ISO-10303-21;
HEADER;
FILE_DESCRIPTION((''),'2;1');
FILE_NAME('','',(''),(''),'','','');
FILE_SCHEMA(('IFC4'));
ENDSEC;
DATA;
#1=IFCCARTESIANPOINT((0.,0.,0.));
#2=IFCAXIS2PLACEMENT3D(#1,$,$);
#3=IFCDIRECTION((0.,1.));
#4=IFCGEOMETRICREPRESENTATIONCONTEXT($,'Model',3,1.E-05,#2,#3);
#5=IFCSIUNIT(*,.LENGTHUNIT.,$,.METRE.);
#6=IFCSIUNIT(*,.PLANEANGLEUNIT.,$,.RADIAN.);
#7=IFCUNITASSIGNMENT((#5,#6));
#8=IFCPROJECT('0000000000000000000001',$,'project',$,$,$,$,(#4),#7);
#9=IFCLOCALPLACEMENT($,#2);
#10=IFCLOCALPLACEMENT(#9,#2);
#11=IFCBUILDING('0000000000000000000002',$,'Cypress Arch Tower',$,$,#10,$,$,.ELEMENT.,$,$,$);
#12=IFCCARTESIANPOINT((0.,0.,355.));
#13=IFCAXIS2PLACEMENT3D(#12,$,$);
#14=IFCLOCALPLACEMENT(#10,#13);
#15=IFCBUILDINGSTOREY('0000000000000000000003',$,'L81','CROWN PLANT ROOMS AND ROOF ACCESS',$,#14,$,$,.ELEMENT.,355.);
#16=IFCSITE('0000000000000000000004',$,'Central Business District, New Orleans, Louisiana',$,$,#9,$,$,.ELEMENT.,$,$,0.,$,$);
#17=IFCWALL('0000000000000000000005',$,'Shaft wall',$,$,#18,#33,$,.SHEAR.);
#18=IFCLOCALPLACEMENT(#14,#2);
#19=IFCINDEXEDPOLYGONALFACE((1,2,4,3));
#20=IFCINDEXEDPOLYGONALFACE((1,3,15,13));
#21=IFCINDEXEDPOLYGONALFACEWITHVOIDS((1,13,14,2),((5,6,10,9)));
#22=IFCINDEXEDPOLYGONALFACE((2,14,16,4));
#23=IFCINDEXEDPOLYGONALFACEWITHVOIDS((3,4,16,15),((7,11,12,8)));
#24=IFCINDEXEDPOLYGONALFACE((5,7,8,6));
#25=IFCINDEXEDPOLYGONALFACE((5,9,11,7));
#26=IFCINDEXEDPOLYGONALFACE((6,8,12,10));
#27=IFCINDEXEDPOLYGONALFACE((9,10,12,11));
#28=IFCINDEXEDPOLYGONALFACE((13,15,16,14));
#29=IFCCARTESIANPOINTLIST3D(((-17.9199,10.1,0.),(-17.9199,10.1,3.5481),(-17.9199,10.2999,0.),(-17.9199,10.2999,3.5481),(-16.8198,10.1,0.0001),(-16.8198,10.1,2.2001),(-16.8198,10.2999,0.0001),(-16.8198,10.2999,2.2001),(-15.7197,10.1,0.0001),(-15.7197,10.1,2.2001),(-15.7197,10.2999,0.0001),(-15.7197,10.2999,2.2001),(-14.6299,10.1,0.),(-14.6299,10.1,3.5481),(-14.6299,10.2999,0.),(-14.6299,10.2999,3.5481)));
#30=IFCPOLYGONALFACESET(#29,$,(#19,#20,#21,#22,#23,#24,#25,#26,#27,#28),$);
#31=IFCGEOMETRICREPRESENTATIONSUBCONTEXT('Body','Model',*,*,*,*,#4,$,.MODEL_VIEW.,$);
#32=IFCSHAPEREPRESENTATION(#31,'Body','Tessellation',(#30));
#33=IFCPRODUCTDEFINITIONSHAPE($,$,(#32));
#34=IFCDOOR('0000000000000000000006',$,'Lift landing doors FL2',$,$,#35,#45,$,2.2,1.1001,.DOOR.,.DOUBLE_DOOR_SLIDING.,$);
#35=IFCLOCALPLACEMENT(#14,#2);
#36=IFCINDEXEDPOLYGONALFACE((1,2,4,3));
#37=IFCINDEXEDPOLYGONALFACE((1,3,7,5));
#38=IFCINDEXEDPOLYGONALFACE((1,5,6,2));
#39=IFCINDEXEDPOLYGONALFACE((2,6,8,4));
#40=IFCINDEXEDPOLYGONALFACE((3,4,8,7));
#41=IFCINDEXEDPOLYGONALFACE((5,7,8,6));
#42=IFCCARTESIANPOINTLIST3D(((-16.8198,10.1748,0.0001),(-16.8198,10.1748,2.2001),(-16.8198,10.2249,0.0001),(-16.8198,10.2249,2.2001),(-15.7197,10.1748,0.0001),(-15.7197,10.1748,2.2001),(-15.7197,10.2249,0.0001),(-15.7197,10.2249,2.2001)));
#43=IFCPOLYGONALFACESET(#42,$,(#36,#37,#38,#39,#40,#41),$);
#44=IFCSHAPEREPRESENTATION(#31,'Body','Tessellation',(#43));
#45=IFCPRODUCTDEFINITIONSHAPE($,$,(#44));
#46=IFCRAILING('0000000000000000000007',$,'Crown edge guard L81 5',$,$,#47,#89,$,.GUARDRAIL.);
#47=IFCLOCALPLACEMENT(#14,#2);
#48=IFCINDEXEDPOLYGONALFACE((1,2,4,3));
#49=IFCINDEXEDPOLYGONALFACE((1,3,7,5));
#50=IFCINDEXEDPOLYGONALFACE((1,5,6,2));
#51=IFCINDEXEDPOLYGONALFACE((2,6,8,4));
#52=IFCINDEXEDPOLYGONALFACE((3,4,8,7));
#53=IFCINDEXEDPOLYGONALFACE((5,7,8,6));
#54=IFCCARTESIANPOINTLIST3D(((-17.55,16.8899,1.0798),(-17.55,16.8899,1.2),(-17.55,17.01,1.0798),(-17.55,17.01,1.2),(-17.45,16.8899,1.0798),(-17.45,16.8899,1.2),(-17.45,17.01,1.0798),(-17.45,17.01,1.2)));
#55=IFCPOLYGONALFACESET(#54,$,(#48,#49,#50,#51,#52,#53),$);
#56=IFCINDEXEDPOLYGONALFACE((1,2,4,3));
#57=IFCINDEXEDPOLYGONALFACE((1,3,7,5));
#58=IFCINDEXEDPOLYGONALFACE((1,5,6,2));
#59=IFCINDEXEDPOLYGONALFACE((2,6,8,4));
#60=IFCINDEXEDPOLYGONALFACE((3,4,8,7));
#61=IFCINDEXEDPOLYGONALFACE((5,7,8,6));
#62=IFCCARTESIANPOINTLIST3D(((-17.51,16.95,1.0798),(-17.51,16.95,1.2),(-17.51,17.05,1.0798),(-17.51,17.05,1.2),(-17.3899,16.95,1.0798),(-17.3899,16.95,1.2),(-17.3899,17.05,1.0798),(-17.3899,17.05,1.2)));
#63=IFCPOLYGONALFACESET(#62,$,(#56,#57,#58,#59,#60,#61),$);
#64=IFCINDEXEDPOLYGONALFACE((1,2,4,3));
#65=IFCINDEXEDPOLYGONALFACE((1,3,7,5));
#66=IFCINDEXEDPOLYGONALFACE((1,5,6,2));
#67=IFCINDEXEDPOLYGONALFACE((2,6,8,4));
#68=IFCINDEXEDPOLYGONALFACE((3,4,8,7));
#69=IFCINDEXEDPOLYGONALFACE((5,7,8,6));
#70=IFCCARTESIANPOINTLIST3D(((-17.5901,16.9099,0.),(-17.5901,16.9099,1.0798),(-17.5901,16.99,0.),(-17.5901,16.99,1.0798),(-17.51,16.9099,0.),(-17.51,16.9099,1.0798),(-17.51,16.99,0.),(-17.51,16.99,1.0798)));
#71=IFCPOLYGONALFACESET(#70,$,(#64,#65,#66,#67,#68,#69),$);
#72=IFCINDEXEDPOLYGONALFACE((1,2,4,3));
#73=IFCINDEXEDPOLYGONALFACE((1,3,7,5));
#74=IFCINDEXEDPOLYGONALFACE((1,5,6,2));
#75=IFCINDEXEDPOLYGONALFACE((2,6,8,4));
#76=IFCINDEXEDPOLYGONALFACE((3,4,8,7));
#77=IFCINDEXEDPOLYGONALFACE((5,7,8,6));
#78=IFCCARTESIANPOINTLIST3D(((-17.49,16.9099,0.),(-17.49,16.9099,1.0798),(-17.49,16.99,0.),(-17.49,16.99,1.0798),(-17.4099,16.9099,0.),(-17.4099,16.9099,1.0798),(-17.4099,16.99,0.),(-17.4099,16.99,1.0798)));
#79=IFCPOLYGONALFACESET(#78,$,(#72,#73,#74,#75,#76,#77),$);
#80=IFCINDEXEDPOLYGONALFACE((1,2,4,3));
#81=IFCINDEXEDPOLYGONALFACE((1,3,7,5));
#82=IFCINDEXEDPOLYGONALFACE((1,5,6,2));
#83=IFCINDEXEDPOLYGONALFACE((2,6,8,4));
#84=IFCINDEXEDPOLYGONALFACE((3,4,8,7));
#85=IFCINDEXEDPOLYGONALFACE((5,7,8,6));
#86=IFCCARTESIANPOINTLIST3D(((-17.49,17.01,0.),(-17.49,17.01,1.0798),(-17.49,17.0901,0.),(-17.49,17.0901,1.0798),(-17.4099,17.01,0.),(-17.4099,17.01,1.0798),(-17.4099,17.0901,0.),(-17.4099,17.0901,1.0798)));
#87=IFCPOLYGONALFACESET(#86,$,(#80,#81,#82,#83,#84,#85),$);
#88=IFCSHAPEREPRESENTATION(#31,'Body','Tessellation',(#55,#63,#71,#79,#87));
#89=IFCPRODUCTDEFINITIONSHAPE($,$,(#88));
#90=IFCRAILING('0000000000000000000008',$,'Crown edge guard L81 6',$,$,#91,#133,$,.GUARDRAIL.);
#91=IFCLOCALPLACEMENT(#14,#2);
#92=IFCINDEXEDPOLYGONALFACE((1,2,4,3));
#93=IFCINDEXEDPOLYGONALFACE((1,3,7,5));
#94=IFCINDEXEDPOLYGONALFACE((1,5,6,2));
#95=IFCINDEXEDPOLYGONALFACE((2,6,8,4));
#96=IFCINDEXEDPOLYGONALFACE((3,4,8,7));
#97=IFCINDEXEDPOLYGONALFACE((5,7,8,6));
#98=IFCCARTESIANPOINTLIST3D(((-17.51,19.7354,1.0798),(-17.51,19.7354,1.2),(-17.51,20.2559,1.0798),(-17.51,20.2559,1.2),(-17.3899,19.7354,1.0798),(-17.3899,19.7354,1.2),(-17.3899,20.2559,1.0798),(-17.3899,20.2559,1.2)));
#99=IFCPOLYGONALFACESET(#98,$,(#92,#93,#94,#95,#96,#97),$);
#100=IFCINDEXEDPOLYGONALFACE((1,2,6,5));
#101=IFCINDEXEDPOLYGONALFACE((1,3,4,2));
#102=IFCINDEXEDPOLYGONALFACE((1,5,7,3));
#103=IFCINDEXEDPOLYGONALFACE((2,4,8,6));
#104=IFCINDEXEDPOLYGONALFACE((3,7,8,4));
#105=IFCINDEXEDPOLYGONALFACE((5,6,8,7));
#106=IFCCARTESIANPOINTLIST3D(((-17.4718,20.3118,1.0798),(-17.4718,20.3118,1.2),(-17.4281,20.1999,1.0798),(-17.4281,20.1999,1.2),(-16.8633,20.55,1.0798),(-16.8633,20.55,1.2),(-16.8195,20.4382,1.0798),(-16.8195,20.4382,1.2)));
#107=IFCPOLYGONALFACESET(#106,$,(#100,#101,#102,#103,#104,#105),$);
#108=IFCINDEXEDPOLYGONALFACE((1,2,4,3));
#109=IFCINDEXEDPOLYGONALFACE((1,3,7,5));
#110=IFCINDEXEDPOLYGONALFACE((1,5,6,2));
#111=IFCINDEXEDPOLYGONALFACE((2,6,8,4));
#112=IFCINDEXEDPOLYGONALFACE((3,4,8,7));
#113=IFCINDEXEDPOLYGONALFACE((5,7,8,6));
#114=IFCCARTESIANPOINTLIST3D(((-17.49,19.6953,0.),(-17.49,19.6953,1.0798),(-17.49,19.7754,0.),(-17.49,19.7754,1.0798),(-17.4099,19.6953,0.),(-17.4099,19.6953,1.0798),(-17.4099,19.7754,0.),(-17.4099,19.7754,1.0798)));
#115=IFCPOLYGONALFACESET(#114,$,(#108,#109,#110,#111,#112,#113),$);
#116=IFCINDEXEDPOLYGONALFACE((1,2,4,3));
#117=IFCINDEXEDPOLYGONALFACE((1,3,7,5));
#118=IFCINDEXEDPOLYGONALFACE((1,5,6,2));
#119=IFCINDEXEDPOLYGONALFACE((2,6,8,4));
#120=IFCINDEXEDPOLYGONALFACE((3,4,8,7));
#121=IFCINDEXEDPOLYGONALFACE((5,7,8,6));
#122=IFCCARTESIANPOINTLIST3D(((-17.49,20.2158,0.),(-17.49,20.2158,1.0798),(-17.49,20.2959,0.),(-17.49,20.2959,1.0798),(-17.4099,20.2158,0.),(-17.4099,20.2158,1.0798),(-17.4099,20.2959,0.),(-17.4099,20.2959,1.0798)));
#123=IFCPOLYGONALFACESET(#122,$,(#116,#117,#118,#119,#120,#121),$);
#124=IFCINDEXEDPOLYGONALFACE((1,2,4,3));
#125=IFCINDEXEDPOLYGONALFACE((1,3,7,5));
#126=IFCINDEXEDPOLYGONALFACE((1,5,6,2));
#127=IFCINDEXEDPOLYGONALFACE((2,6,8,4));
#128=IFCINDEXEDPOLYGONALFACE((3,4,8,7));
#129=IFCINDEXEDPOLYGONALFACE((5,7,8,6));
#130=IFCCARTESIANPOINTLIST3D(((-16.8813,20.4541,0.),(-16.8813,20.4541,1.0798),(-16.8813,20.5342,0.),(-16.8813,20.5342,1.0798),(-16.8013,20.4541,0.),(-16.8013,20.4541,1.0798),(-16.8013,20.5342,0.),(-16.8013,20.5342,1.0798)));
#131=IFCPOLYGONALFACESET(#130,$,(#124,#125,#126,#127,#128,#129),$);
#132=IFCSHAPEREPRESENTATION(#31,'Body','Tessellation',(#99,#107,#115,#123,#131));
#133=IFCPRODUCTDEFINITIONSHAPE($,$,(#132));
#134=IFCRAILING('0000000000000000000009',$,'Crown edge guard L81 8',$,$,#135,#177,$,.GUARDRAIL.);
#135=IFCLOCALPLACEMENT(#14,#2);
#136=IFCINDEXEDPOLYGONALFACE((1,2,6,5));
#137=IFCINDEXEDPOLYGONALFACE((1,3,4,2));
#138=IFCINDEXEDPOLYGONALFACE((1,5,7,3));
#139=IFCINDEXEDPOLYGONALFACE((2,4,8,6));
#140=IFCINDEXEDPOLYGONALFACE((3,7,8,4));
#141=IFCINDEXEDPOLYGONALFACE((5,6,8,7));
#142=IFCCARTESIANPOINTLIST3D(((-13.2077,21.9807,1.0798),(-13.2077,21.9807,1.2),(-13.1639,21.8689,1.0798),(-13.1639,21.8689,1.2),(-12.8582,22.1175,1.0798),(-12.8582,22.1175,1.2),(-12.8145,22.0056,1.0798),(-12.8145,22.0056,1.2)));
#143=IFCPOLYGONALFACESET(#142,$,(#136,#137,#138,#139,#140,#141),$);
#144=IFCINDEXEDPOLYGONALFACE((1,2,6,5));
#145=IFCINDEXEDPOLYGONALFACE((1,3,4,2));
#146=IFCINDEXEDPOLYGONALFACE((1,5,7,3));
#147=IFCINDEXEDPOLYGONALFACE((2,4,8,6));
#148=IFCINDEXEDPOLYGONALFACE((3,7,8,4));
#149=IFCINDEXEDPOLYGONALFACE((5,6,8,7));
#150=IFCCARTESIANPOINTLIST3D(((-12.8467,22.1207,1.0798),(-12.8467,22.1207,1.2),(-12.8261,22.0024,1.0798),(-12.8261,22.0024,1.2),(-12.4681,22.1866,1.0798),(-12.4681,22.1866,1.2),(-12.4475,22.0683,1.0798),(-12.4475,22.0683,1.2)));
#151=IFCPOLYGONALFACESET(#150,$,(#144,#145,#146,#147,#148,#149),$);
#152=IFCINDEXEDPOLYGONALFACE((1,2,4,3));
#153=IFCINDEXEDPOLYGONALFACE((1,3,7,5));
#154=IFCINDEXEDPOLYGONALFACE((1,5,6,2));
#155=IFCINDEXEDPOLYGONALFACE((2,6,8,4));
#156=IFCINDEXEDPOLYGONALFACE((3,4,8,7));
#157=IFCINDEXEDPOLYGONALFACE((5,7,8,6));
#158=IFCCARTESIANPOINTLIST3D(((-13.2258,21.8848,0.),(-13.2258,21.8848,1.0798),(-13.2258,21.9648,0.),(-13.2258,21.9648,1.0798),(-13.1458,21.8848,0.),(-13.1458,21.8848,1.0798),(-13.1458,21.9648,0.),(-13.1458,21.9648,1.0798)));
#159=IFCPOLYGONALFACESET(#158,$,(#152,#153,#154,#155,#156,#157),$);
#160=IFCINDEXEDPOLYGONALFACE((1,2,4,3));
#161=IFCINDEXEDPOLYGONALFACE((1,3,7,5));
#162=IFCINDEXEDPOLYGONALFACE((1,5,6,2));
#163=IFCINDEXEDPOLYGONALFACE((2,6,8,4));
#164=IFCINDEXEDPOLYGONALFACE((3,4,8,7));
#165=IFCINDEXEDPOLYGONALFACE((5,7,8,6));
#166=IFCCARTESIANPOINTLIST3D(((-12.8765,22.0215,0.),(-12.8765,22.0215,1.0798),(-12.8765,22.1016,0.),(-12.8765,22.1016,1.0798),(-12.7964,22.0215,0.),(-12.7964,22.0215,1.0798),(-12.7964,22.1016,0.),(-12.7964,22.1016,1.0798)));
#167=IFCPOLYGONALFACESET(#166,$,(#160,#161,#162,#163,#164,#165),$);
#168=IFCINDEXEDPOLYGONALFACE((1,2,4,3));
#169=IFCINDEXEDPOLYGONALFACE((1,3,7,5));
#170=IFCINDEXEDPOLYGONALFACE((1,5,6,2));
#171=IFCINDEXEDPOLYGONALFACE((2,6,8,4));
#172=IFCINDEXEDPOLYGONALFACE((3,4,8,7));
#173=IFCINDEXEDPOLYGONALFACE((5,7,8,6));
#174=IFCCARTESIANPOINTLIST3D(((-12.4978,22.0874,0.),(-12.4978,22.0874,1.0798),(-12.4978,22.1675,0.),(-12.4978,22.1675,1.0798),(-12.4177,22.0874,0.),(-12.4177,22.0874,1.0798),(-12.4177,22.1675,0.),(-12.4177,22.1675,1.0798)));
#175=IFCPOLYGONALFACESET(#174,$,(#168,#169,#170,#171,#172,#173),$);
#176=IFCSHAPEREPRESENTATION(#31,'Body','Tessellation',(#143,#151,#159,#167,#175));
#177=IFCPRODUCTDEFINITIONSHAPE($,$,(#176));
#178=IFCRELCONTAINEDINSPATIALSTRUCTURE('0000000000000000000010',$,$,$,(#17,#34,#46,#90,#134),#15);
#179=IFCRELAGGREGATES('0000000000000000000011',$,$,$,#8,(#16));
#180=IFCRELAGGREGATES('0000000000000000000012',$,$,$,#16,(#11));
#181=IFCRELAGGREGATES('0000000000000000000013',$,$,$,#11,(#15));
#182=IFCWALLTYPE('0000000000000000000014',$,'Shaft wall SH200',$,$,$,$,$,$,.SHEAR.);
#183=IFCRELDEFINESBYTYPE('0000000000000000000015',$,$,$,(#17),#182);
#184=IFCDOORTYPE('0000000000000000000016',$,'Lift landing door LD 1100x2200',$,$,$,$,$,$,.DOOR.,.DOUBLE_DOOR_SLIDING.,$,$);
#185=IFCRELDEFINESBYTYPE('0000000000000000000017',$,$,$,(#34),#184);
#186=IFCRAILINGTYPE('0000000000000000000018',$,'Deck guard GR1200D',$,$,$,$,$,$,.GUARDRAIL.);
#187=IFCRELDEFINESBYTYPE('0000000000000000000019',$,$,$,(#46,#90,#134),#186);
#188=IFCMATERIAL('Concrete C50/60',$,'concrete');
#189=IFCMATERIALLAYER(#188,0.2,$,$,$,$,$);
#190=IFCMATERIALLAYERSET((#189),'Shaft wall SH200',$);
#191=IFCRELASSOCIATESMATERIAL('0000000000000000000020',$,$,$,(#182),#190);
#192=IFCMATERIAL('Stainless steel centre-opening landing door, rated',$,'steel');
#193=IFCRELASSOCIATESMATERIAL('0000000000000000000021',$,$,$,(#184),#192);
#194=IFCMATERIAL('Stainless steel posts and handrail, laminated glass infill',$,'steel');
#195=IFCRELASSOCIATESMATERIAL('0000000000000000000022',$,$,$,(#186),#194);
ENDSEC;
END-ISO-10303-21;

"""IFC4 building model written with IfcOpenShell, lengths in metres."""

from ifc_helpers import new_model, si_unit, direction, frame, frame_2d, origin, origin_2d, place, context, subcontext, project, spatial, rectangle, extrude, material, layer, layer_set, type_object, element, fill, save


model = new_model("IFC4")

# Units and contexts
model_context = context("Model", 3, precision=1e-05, world=origin(), true_north=direction((0.0, 1.0)))
body_context = subcontext(model_context, "Body", "Model", "MODEL_VIEW")
ifc_project = project(units=[si_unit("LENGTHUNIT", "METRE"), si_unit("PLANEANGLEUNIT", "RADIAN")], contexts=[model_context])

# Site, building, storey
site_placement = place(None, origin())
site = spatial("IfcSite", under=ifc_project, at=site_placement, Name="Central Business District, New Orleans, Louisiana", CompositionType="ELEMENT", RefElevation=0.0)
building_placement = place(site_placement, origin())
building = spatial("IfcBuilding", under=site, at=building_placement, Name="Cypress Arch Tower", CompositionType="ELEMENT")
storey_placement = place(building_placement, frame((0.0, 0.0, 355.0)))
storey = spatial("IfcBuildingStorey", under=building, at=storey_placement, Name="L81", Description="CROWN PLANT ROOMS AND ROOF ACCESS", CompositionType="ELEMENT", Elevation=355.0)

# Shared definitions
ifc_material_1 = material(Name="Concrete C50/60", Category="concrete")
ifc_layer_1 = layer(ifc_material_1, 0.2)
ifc_layer_set_1 = layer_set([ifc_layer_1], Name="Shaft wall SH200")
wall_type_1 = type_object("IfcWallType", Name="Shaft wall SH200", PredefinedType="SHEAR", material=ifc_layer_set_1)

# Wall, opening, door
wall_1_placement = place(storey_placement, frame((-17.9199, 10.2, 0.0), z_axis=(0.0, 0.0, 1.0), x_axis=(1.0, 0.0, 0.0)))
wall_1 = element("IfcWall", 1, at=wall_1_placement, inside=storey, type_object=wall_type_1, Name="Shaft wall", PredefinedType="SHEAR", context=body_context, shape_type="SweptSolid", body=[
    extrude(rectangle(XDim=3.29, YDim=0.2, at=frame_2d((1.645, 0.0))), origin(), (0.0, 0.0, 1.0), 3.5481),
])
opening_1_placement = place(wall_1_placement, frame((1.1001, 0.0, 0.0)))
opening_1 = element("IfcOpeningElement", 2, at=opening_1_placement, cuts=wall_1, PredefinedType="OPENING", context=body_context, shape_type="SweptSolid", body=[
    extrude(rectangle(XDim=1.1001, YDim=2.2, at=frame_2d((0.55, 1.1001))), frame((0.0, 0.1099, 0.0), z_axis=(0.0, -1.0, 0.0), x_axis=(1.0, 0.0, 0.0)), (0.0, 0.0, 1.0), 0.22),
])
ifc_material_2 = material(Name="Stainless steel centre-opening landing door, rated", Category="steel")
door_type_1 = type_object("IfcDoorType", Name="Lift landing door LD 1100x2200", OperationType="DOUBLE_DOOR_SLIDING", PredefinedType="DOOR", material=ifc_material_2)
door_1_placement = place(opening_1_placement, origin())
door_1 = element("IfcDoor", 3, at=door_1_placement, inside=storey, type_object=door_type_1, Name="Lift landing doors FL2", OperationType="DOUBLE_DOOR_SLIDING", OverallHeight=2.2, OverallWidth=1.1001, PredefinedType="DOOR", context=body_context, shape_type="SweptSolid", body=[
    extrude(rectangle(XDim=1.1001, YDim=2.2, at=frame_2d((0.55, 1.1001))), frame((0.0, 0.0249, 0.0), z_axis=(0.0, -1.0, 0.0), x_axis=(1.0, 0.0, 0.0)), (0.0, 0.0, 1.0), 0.05),
])
fill(opening_1, door_1)

# Railings
ifc_material_3 = material(Name="Stainless steel posts and handrail, laminated glass infill", Category="steel")
railing_type = type_object("IfcRailingType", Name="Deck guard GR1200D", PredefinedType="GUARDRAIL", material=ifc_material_3)
railing_1_placement = place(storey_placement, frame((-17.55, 16.95, 0.0)))
element("IfcRailing", 4, at=railing_1_placement, inside=storey, type_object=railing_type, Name="Crown edge guard L81 5", PredefinedType="GUARDRAIL", context=body_context, shape_type="SweptSolid", body=[
    extrude(rectangle(XDim=0.1201, YDim=0.1201, at=origin_2d()), frame((0.0, 0.0, 1.1399), z_axis=(1.0, 0.0, 0.0), x_axis=(0.0, 1.0, 0.0)), (0.0, 0.0, 1.0), 0.1001),
    extrude(rectangle(XDim=0.1201, YDim=0.1201, at=origin_2d()), frame((0.1001, 0.0, 1.1399), z_axis=(0.0, 1.0, 0.0), x_axis=(-1.0, 0.0, 0.0)), (0.0, 0.0, 1.0), 0.1001),
    extrude(rectangle(XDim=0.0801, YDim=0.0801, at=origin_2d()), origin(), (0.0, 0.0, 1.0), 1.0798),
    extrude(rectangle(XDim=0.0801, YDim=0.0801, at=origin_2d()), frame((0.1001, 0.0, 0.0)), (0.0, 0.0, 1.0), 1.0798),
    extrude(rectangle(XDim=0.0801, YDim=0.0801, at=origin_2d()), frame((0.1001, 0.1001, 0.0)), (0.0, 0.0, 1.0), 1.0798),
])
railing_2_placement = place(storey_placement, frame((-17.45, 19.7354, 0.0)))
element("IfcRailing", 5, at=railing_2_placement, inside=storey, type_object=railing_type, Name="Crown edge guard L81 6", PredefinedType="GUARDRAIL", context=body_context, shape_type="SweptSolid", body=[
    extrude(rectangle(XDim=0.1201, YDim=0.1201, at=origin_2d()), frame((0.0, 0.0, 1.1399), z_axis=(0.0, 1.0, 0.0), x_axis=(-1.0, 0.0, 0.0)), (0.0, 0.0, 1.0), 0.5205),
    extrude(rectangle(XDim=0.1201, YDim=0.1201, at=origin_2d()), frame((0.0, 0.5205, 1.1399), z_axis=(0.931182, 0.364554, 0.0), x_axis=(-0.364554, 0.931182, 0.0)), (0.0, 0.0, 1.0), 0.6536),
    extrude(rectangle(XDim=0.0801, YDim=0.0801, at=origin_2d()), origin(), (0.0, 0.0, 1.0), 1.0798),
    extrude(rectangle(XDim=0.0801, YDim=0.0801, at=origin_2d()), frame((0.0, 0.5205, 0.0)), (0.0, 0.0, 1.0), 1.0798),
    extrude(rectangle(XDim=0.0801, YDim=0.0801, at=origin_2d()), frame((0.6086, 0.7588, 0.0)), (0.0, 0.0, 1.0), 1.0798),
])
railing_3_placement = place(storey_placement, frame((-13.1858, 21.9248, 0.0)))
element("IfcRailing", 6, at=railing_3_placement, inside=storey, type_object=railing_type, Name="Crown edge guard L81 8", PredefinedType="GUARDRAIL", context=body_context, shape_type="SweptSolid", body=[
    extrude(rectangle(XDim=0.1201, YDim=0.1201, at=origin_2d()), frame((0.0, 0.0, 1.1399), z_axis=(0.931233, 0.364424, 0.0), x_axis=(-0.364424, 0.931233, 0.0)), (0.0, 0.0, 1.0), 0.3752),
    extrude(rectangle(XDim=0.1201, YDim=0.1201, at=origin_2d()), frame((0.3494, 0.1367, 1.1399), z_axis=(0.985184, 0.171502, 0.0), x_axis=(-0.171502, 0.985184, 0.0)), (0.0, 0.0, 1.0), 0.3843),
    extrude(rectangle(XDim=0.0801, YDim=0.0801, at=origin_2d()), origin(), (0.0, 0.0, 1.0), 1.0798),
    extrude(rectangle(XDim=0.0801, YDim=0.0801, at=origin_2d()), frame((0.3494, 0.1367, 0.0)), (0.0, 0.0, 1.0), 1.0798),
    extrude(rectangle(XDim=0.0801, YDim=0.0801, at=origin_2d()), frame((0.728, 0.2026, 0.0)), (0.0, 0.0, 1.0), 1.0798),
])

save(model, "model.ifc")
